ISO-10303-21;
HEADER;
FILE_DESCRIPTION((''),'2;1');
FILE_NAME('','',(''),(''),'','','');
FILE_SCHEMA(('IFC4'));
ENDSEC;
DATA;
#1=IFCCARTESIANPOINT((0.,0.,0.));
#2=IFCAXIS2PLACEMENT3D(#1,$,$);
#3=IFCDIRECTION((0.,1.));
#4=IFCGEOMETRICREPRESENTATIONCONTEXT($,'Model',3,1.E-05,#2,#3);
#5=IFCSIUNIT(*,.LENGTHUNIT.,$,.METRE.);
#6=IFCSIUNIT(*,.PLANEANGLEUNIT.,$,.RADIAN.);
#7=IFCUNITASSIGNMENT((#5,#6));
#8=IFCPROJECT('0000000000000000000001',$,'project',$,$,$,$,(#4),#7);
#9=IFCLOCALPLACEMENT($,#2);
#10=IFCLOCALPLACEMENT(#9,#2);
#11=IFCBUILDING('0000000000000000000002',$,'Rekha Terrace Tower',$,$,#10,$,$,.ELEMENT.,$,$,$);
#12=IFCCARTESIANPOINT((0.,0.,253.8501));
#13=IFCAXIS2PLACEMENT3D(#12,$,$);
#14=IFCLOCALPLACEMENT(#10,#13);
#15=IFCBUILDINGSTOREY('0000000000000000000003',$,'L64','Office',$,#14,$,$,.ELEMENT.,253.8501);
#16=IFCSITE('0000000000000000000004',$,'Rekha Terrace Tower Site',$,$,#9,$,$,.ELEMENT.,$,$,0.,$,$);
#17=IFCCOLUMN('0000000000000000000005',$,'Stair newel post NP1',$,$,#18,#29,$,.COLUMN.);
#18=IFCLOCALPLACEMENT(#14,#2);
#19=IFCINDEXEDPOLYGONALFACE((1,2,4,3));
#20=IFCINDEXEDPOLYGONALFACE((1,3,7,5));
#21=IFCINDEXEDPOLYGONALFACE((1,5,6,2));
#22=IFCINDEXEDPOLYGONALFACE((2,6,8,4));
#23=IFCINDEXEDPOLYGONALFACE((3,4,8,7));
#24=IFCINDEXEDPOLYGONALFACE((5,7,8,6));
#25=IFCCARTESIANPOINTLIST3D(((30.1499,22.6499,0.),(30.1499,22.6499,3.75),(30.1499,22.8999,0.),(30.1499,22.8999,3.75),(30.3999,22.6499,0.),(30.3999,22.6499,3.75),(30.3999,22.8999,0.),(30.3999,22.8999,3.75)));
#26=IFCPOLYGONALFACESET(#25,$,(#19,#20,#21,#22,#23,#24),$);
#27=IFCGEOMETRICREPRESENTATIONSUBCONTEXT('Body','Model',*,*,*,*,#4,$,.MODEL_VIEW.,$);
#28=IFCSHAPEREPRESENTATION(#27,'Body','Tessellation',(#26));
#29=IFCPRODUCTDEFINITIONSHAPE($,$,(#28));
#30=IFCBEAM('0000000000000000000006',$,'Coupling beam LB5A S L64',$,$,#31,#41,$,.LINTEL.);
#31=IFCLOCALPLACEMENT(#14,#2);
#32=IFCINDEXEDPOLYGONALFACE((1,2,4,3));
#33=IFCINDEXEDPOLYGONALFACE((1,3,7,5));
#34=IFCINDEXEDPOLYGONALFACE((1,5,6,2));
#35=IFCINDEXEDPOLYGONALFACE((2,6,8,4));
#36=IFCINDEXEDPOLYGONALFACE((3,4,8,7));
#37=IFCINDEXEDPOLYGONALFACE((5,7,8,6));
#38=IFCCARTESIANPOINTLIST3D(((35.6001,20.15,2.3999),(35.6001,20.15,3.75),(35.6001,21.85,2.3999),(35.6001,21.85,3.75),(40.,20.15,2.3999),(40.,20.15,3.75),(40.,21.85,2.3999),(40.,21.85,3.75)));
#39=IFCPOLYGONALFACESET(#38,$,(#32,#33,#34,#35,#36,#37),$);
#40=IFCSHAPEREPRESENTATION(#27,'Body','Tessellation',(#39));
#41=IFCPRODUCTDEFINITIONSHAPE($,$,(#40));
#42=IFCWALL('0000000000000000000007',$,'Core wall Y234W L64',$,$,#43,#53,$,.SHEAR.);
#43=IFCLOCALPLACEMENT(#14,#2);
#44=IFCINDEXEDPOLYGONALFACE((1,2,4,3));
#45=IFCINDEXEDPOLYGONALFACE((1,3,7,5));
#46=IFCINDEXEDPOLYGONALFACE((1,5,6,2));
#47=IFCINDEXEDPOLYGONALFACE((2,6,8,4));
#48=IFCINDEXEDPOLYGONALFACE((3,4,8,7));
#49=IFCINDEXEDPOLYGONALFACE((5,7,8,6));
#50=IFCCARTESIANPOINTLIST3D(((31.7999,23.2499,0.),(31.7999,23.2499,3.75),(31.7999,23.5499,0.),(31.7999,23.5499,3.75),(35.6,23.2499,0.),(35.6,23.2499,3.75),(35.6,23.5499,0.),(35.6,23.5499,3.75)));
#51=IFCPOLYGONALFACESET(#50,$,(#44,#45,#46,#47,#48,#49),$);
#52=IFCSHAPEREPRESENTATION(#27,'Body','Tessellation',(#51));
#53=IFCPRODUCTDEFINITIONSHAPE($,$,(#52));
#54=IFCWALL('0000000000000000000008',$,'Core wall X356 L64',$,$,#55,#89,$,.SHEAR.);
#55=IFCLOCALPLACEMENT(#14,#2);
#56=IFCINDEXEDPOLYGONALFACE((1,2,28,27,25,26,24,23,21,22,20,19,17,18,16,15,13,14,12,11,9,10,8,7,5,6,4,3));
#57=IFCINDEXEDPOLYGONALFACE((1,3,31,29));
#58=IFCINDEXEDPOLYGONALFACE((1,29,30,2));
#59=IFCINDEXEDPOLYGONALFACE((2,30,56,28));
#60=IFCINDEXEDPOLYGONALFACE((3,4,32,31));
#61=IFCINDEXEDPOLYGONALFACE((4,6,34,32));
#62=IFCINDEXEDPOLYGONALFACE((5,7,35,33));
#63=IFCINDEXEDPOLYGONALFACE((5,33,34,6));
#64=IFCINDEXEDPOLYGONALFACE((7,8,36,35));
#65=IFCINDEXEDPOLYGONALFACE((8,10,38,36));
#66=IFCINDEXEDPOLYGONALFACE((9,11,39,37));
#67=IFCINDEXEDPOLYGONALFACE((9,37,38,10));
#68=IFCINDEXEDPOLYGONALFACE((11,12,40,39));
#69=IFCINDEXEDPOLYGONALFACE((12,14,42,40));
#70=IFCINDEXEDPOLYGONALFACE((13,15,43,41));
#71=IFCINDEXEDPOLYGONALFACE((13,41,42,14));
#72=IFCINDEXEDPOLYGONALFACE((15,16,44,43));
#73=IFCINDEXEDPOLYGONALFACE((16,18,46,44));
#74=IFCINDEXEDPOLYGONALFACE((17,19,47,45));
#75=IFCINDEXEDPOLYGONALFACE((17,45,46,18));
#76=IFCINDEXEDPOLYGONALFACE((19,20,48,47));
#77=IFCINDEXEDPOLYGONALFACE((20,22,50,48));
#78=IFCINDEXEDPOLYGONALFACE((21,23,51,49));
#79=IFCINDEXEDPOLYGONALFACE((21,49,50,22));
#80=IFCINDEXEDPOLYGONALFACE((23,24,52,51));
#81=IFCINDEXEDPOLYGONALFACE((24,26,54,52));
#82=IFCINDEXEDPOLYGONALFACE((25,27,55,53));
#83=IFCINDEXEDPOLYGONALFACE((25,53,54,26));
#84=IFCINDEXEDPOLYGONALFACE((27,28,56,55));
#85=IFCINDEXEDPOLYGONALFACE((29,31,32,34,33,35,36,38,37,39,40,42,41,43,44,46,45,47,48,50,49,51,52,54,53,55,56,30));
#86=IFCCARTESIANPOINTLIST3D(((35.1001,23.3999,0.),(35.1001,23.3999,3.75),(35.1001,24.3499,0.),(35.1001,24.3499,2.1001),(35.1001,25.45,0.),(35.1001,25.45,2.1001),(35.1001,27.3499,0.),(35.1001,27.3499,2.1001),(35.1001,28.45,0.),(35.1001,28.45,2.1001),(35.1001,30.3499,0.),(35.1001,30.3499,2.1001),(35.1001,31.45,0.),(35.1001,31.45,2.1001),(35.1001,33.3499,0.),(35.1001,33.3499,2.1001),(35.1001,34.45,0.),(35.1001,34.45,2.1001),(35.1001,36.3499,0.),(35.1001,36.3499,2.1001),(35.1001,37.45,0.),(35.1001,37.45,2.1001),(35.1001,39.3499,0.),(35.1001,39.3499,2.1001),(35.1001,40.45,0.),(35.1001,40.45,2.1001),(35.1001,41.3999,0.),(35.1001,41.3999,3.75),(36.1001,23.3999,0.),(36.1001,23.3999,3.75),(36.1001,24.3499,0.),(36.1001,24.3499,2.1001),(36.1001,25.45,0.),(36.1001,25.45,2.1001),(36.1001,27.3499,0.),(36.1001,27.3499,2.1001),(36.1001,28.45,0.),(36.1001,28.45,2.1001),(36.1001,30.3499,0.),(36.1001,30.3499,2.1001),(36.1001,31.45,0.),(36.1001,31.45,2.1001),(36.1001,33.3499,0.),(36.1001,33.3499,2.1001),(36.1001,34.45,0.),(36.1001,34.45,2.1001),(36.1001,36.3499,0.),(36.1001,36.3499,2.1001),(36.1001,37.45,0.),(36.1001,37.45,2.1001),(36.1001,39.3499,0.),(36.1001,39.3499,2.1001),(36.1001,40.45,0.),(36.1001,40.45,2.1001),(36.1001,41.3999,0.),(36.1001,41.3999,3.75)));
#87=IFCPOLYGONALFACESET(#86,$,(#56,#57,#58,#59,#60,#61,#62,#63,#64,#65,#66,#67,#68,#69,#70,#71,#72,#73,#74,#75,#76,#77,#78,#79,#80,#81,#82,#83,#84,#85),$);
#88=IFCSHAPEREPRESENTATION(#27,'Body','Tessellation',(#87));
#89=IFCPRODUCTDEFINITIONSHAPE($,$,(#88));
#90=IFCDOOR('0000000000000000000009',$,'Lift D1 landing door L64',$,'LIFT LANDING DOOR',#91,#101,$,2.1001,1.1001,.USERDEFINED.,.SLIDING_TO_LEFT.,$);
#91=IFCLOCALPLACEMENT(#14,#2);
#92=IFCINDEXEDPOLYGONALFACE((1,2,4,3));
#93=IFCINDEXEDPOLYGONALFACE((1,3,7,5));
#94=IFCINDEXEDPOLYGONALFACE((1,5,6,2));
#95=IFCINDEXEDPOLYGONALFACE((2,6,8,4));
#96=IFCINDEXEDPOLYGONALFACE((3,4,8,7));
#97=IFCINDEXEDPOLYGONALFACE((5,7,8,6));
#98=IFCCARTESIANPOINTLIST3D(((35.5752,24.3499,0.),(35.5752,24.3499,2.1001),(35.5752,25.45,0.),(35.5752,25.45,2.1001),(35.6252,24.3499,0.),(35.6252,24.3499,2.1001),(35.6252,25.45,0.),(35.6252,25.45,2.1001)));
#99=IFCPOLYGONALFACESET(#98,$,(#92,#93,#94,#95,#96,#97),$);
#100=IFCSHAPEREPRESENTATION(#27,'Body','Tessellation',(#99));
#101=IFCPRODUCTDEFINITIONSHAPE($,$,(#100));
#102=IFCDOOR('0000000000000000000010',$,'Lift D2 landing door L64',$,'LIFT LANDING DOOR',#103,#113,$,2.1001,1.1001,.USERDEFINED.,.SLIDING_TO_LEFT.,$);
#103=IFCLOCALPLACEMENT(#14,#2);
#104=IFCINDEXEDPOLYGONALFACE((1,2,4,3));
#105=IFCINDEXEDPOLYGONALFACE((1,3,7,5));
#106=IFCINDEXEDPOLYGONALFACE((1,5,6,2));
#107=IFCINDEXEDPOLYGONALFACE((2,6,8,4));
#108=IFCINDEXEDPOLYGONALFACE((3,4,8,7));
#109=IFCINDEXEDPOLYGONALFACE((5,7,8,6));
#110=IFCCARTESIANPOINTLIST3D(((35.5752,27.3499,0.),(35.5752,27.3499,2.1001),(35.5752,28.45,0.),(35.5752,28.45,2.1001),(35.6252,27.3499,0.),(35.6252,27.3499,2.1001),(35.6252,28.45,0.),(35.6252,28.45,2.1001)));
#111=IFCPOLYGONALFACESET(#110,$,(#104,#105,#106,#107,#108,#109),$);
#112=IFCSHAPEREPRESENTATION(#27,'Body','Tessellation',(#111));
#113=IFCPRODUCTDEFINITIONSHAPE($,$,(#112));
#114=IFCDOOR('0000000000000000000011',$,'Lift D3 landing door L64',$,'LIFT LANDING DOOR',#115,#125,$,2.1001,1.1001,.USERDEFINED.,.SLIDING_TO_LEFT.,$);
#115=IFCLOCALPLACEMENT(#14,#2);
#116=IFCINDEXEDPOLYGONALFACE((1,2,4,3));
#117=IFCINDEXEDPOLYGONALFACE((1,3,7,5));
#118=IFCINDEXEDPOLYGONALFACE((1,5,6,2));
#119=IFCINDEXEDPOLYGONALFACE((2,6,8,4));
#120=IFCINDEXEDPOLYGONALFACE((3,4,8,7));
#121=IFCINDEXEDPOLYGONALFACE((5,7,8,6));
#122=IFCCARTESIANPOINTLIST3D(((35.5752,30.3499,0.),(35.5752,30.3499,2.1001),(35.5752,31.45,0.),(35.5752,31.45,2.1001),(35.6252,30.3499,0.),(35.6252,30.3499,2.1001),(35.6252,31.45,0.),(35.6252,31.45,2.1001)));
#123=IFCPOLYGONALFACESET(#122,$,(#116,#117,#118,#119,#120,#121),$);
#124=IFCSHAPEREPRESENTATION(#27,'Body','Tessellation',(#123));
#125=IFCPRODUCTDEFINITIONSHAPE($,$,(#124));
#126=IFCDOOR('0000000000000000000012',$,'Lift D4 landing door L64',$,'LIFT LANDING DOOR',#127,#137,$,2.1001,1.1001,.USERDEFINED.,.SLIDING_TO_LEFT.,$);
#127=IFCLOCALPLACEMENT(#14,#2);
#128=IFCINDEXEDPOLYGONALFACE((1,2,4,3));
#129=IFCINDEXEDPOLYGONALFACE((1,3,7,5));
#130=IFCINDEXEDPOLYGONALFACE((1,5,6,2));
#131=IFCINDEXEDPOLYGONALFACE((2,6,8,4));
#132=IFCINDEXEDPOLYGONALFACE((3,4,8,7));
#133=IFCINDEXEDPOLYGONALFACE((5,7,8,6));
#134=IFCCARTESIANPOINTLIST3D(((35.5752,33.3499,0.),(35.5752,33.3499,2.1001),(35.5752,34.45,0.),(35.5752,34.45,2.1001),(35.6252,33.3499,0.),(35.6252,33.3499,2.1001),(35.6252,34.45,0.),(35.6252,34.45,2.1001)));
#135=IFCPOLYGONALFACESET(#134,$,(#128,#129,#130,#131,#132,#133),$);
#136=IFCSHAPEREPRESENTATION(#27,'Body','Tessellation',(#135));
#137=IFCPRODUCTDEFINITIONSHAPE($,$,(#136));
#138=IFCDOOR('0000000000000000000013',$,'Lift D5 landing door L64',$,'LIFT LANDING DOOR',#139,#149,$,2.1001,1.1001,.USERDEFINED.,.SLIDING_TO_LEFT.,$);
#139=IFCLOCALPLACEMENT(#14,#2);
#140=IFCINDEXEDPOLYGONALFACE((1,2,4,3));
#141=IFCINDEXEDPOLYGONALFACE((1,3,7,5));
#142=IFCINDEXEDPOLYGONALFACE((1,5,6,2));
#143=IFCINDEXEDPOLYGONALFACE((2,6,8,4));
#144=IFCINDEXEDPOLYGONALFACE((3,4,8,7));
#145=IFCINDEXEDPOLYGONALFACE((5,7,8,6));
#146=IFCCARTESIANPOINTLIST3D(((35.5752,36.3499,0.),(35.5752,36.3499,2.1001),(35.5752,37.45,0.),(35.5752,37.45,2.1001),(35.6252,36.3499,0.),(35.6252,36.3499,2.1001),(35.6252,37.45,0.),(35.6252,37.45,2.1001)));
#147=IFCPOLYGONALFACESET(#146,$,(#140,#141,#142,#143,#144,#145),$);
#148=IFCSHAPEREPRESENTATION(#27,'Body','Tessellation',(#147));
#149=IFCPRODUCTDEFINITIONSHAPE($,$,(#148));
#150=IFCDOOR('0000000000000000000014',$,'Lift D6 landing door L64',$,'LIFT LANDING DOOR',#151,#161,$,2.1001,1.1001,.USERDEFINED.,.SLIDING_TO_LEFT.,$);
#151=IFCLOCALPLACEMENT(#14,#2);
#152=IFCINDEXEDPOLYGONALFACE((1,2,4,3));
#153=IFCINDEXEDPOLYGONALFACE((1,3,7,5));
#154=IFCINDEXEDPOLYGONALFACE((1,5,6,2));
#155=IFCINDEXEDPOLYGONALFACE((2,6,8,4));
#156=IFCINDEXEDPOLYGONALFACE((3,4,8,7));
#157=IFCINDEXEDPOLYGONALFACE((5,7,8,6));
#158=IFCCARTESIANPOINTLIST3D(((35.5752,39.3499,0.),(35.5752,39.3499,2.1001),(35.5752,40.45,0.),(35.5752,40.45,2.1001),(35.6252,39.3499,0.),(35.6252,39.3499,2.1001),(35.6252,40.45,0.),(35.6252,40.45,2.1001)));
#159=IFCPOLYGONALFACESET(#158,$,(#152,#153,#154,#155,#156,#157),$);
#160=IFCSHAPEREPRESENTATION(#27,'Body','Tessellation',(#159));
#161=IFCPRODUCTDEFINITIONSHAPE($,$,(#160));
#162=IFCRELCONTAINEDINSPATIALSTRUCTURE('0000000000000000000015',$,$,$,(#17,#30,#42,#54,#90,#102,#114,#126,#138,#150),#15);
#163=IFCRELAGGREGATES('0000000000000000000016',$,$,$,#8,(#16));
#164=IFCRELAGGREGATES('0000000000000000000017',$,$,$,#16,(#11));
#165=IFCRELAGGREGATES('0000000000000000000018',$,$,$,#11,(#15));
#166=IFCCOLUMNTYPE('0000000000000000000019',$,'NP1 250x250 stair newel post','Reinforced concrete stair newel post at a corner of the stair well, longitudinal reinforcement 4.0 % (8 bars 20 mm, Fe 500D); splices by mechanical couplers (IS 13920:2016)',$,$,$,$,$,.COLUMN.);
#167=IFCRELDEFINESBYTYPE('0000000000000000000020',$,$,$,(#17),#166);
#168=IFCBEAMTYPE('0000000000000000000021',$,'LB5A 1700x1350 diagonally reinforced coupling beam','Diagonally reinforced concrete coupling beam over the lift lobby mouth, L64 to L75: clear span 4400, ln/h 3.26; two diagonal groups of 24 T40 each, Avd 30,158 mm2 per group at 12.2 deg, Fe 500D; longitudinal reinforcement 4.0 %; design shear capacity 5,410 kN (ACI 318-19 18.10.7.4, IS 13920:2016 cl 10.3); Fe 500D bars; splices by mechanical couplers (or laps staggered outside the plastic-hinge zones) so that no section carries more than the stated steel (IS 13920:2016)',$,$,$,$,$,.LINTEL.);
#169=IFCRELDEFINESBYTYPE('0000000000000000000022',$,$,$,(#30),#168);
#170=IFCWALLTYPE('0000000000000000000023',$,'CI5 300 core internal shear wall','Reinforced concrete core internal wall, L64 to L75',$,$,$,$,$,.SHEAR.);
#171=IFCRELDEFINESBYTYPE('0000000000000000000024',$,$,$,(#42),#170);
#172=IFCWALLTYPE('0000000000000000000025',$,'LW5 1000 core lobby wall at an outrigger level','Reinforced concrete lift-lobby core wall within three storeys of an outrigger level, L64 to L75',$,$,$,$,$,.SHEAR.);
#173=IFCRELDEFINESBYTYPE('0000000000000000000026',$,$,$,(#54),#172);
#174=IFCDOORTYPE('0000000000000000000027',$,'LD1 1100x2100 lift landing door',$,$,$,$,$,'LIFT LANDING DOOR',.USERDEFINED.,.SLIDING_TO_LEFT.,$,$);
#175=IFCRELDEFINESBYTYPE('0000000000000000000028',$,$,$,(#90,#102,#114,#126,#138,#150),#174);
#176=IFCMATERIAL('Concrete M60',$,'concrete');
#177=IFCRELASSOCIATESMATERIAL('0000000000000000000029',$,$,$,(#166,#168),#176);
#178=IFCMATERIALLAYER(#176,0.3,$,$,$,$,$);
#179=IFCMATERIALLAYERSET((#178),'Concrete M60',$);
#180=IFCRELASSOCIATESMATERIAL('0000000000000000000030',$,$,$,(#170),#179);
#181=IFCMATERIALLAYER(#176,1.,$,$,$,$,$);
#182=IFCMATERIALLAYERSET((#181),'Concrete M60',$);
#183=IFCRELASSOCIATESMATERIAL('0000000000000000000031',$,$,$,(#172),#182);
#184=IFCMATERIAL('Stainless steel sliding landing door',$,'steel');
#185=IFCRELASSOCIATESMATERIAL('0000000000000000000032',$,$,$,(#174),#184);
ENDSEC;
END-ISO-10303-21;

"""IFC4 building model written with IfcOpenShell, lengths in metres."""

from ifc_helpers import new_model, si_unit, direction, frame, frame_2d, origin, origin_2d, place, context, subcontext, project, spatial, rectangle, extrude, material, layer, layer_set, material_profile, profile_set, type_object, element, fill, save


model = new_model("IFC4")

# Units and contexts
model_context = context("Model", 3, precision=1e-05, world=origin(), true_north=direction((0.0, 1.0)))
body_context = subcontext(model_context, "Body", "Model", "MODEL_VIEW")
ifc_project = project(units=[si_unit("LENGTHUNIT", "METRE"), si_unit("PLANEANGLEUNIT", "RADIAN")], contexts=[model_context])

# Site, building, storey
site_placement = place(None, origin())
site = spatial("IfcSite", under=ifc_project, at=site_placement, Name="Rekha Terrace Tower Site", CompositionType="ELEMENT", RefElevation=0.0)
building_placement = place(site_placement, origin())
building = spatial("IfcBuilding", under=site, at=building_placement, Name="Rekha Terrace Tower", CompositionType="ELEMENT")
storey_placement = place(building_placement, frame((0.0, 0.0, 253.8501)))
storey = spatial("IfcBuildingStorey", under=building, at=storey_placement, Name="L64", Description="Office", CompositionType="ELEMENT", Elevation=253.8501)

# Column
ifc_material_1 = material(Name="Concrete M60", Category="concrete")
ifc_material_profile_1 = material_profile(ifc_material_1, rectangle(XDim=0.25, YDim=0.25, at=origin_2d()), Name="RC 250x250")
ifc_profile_set_1 = profile_set([ifc_material_profile_1], Name="Concrete M60")
column_type = type_object("IfcColumnType", Name="NP1 250x250 stair newel post", Description="Reinforced concrete stair newel post at a corner of the stair well, longitudinal reinforcement 4.0 % (8 bars 20 mm, Fe 500D); splices by mechanical couplers (IS 13920:2016)", PredefinedType="COLUMN", material=ifc_profile_set_1)
column_placement = place(storey_placement, frame((30.2749, 22.7749, 0.0), z_axis=(0.0, 0.0, 1.0), x_axis=(1.0, 0.0, 0.0)))
element("IfcColumn", 1, at=column_placement, inside=storey, type_object=column_type, Name="Stair newel post NP1", PredefinedType="COLUMN", context=body_context, shape_type="SweptSolid", body=[
    extrude(rectangle(XDim=0.25, YDim=0.25, at=origin_2d()), origin(), (0.0, 0.0, 1.0), 3.75),
])

# Beam
ifc_material_profile_2 = material_profile(ifc_material_1, rectangle(XDim=1.7, YDim=1.3501, at=origin_2d()), Name="RC 1700x1350")
ifc_profile_set_2 = profile_set([ifc_material_profile_2], Name="Concrete M60")
beam_type = type_object("IfcBeamType", Name="LB5A 1700x1350 diagonally reinforced coupling beam", Description="Diagonally reinforced concrete coupling beam over the lift lobby mouth, L64 to L75: clear span 4400, ln/h 3.26; two diagonal groups of 24 T40 each, Avd 30,158 mm2 per group at 12.2 deg, Fe 500D; longitudinal reinforcement 4.0 %; design shear capacity 5,410 kN (ACI 318-19 18.10.7.4, IS 13920:2016 cl 10.3); Fe 500D bars; splices by mechanical couplers (or laps staggered outside the plastic-hinge zones) so that no section carries more than the stated steel (IS 13920:2016)", PredefinedType="LINTEL", material=ifc_profile_set_2)
beam_placement = place(storey_placement, frame((35.6001, 21.0, 3.075), z_axis=(1.0, 0.0, 0.0), x_axis=(0.0, 1.0, 0.0)))
element("IfcBeam", 2, at=beam_placement, inside=storey, type_object=beam_type, Name="Coupling beam LB5A S L64", PredefinedType="LINTEL", context=body_context, shape_type="SweptSolid", body=[
    extrude(rectangle(XDim=1.7, YDim=1.3501, at=origin_2d()), origin(), (0.0, 0.0, 1.0), 4.3999),
])

# Wall
ifc_layer_1 = layer(ifc_material_1, 0.3)
ifc_layer_set_1 = layer_set([ifc_layer_1], Name="Concrete M60")
wall_type_1 = type_object("IfcWallType", Name="CI5 300 core internal shear wall", Description="Reinforced concrete core internal wall, L64 to L75", PredefinedType="SHEAR", material=ifc_layer_set_1)
wall_1_placement = place(storey_placement, frame((31.8, 23.3999, 0.0), z_axis=(0.0, 0.0, 1.0), x_axis=(1.0, 0.0, 0.0)))
element("IfcWall", 3, at=wall_1_placement, inside=storey, type_object=wall_type_1, Name="Core wall Y234W L64", PredefinedType="SHEAR", context=body_context, shape_type="SweptSolid", body=[
    extrude(rectangle(XDim=3.8, YDim=0.3, at=frame_2d((1.8999, 0.0))), origin(), (0.0, 0.0, 1.0), 3.75),
])

# Wall, openings, doors
ifc_layer_2 = layer(ifc_material_1, 1.0)
ifc_layer_set_2 = layer_set([ifc_layer_2], Name="Concrete M60")
wall_type_2 = type_object("IfcWallType", Name="LW5 1000 core lobby wall at an outrigger level", Description="Reinforced concrete lift-lobby core wall within three storeys of an outrigger level, L64 to L75", PredefinedType="SHEAR", material=ifc_layer_set_2)
wall_2_placement = place(storey_placement, frame((35.6001, 23.3999, 0.0), z_axis=(0.0, 0.0, 1.0), x_axis=(0.0, 1.0, 0.0)))
wall_2 = element("IfcWall", 4, at=wall_2_placement, inside=storey, type_object=wall_type_2, Name="Core wall X356 L64", PredefinedType="SHEAR", context=body_context, shape_type="SweptSolid", body=[
    extrude(rectangle(XDim=18.0, YDim=1.0, at=frame_2d((9.0, 0.0))), origin(), (0.0, 0.0, 1.0), 3.75),
])
opening_1_placement = place(wall_2_placement, frame((0.95, 0.0, 0.0)))
opening_1 = element("IfcOpeningElement", 5, at=opening_1_placement, cuts=wall_2, PredefinedType="OPENING", context=body_context, shape_type="SweptSolid", body=[
    extrude(rectangle(XDim=1.1001, YDim=2.1001, at=frame_2d((0.55, 1.05))), frame((0.0, 0.51, 0.0), z_axis=(0.0, -1.0, 0.0), x_axis=(1.0, 0.0, 0.0)), (0.0, 0.0, 1.0), 1.02),
])
opening_2_placement = place(wall_2_placement, frame((3.95, 0.0, 0.0)))
opening_2 = element("IfcOpeningElement", 6, at=opening_2_placement, cuts=wall_2, PredefinedType="OPENING", context=body_context, shape_type="SweptSolid", body=[
    extrude(rectangle(XDim=1.1001, YDim=2.1001, at=frame_2d((0.55, 1.05))), frame((0.0, 0.51, 0.0), z_axis=(0.0, -1.0, 0.0), x_axis=(1.0, 0.0, 0.0)), (0.0, 0.0, 1.0), 1.02),
])
opening_3_placement = place(wall_2_placement, frame((6.95, 0.0, 0.0)))
opening_3 = element("IfcOpeningElement", 7, at=opening_3_placement, cuts=wall_2, PredefinedType="OPENING", context=body_context, shape_type="SweptSolid", body=[
    extrude(rectangle(XDim=1.1001, YDim=2.1001, at=frame_2d((0.55, 1.05))), frame((0.0, 0.51, 0.0), z_axis=(0.0, -1.0, 0.0), x_axis=(1.0, 0.0, 0.0)), (0.0, 0.0, 1.0), 1.02),
])
opening_4_placement = place(wall_2_placement, frame((9.95, 0.0, 0.0)))
opening_4 = element("IfcOpeningElement", 8, at=opening_4_placement, cuts=wall_2, PredefinedType="OPENING", context=body_context, shape_type="SweptSolid", body=[
    extrude(rectangle(XDim=1.1001, YDim=2.1001, at=frame_2d((0.55, 1.05))), frame((0.0, 0.51, 0.0), z_axis=(0.0, -1.0, 0.0), x_axis=(1.0, 0.0, 0.0)), (0.0, 0.0, 1.0), 1.02),
])
opening_5_placement = place(wall_2_placement, frame((12.95, 0.0, 0.0)))
opening_5 = element("IfcOpeningElement", 9, at=opening_5_placement, cuts=wall_2, PredefinedType="OPENING", context=body_context, shape_type="SweptSolid", body=[
    extrude(rectangle(XDim=1.1001, YDim=2.1001, at=frame_2d((0.55, 1.05))), frame((0.0, 0.51, 0.0), z_axis=(0.0, -1.0, 0.0), x_axis=(1.0, 0.0, 0.0)), (0.0, 0.0, 1.0), 1.02),
])
opening_6_placement = place(wall_2_placement, frame((15.95, 0.0, 0.0)))
opening_6 = element("IfcOpeningElement", 10, at=opening_6_placement, cuts=wall_2, PredefinedType="OPENING", context=body_context, shape_type="SweptSolid", body=[
    extrude(rectangle(XDim=1.1001, YDim=2.1001, at=frame_2d((0.55, 1.05))), frame((0.0, 0.51, 0.0), z_axis=(0.0, -1.0, 0.0), x_axis=(1.0, 0.0, 0.0)), (0.0, 0.0, 1.0), 1.02),
])
ifc_material_2 = material(Name="Stainless steel sliding landing door", Category="steel")
door_type_1 = type_object("IfcDoorType", Name="LD1 1100x2100 lift landing door", ElementType="LIFT LANDING DOOR", OperationType="SLIDING_TO_LEFT", PredefinedType="USERDEFINED", material=ifc_material_2)
door_1_placement = place(opening_1_placement, origin())
door_1 = element("IfcDoor", 11, at=door_1_placement, inside=storey, type_object=door_type_1, Name="Lift D1 landing door L64", ObjectType="LIFT LANDING DOOR", OperationType="SLIDING_TO_LEFT", OverallHeight=2.1001, OverallWidth=1.1001, PredefinedType="USERDEFINED", context=body_context, shape_type="SweptSolid", body=[
    extrude(rectangle(XDim=1.1001, YDim=2.1001, at=frame_2d((0.55, 1.05))), frame((0.0, 0.0249, 0.0), z_axis=(0.0, -1.0, 0.0), x_axis=(1.0, 0.0, 0.0)), (0.0, 0.0, 1.0), 0.05),
])
fill(opening_1, door_1)
door_2_placement = place(opening_2_placement, origin())
door_2 = element("IfcDoor", 12, at=door_2_placement, inside=storey, type_object=door_type_1, Name="Lift D2 landing door L64", ObjectType="LIFT LANDING DOOR", OperationType="SLIDING_TO_LEFT", OverallHeight=2.1001, OverallWidth=1.1001, PredefinedType="USERDEFINED", context=body_context, shape_type="SweptSolid", body=[
    extrude(rectangle(XDim=1.1001, YDim=2.1001, at=frame_2d((0.55, 1.05))), frame((0.0, 0.0249, 0.0), z_axis=(0.0, -1.0, 0.0), x_axis=(1.0, 0.0, 0.0)), (0.0, 0.0, 1.0), 0.05),
])
fill(opening_2, door_2)
door_3_placement = place(opening_3_placement, origin())
door_3 = element("IfcDoor", 13, at=door_3_placement, inside=storey, type_object=door_type_1, Name="Lift D3 landing door L64", ObjectType="LIFT LANDING DOOR", OperationType="SLIDING_TO_LEFT", OverallHeight=2.1001, OverallWidth=1.1001, PredefinedType="USERDEFINED", context=body_context, shape_type="SweptSolid", body=[
    extrude(rectangle(XDim=1.1001, YDim=2.1001, at=frame_2d((0.55, 1.05))), frame((0.0, 0.0249, 0.0), z_axis=(0.0, -1.0, 0.0), x_axis=(1.0, 0.0, 0.0)), (0.0, 0.0, 1.0), 0.05),
])
fill(opening_3, door_3)
door_4_placement = place(opening_4_placement, origin())
door_4 = element("IfcDoor", 14, at=door_4_placement, inside=storey, type_object=door_type_1, Name="Lift D4 landing door L64", ObjectType="LIFT LANDING DOOR", OperationType="SLIDING_TO_LEFT", OverallHeight=2.1001, OverallWidth=1.1001, PredefinedType="USERDEFINED", context=body_context, shape_type="SweptSolid", body=[
    extrude(rectangle(XDim=1.1001, YDim=2.1001, at=frame_2d((0.55, 1.05))), frame((0.0, 0.0249, 0.0), z_axis=(0.0, -1.0, 0.0), x_axis=(1.0, 0.0, 0.0)), (0.0, 0.0, 1.0), 0.05),
])
fill(opening_4, door_4)
door_5_placement = place(opening_5_placement, origin())
door_5 = element("IfcDoor", 15, at=door_5_placement, inside=storey, type_object=door_type_1, Name="Lift D5 landing door L64", ObjectType="LIFT LANDING DOOR", OperationType="SLIDING_TO_LEFT", OverallHeight=2.1001, OverallWidth=1.1001, PredefinedType="USERDEFINED", context=body_context, shape_type="SweptSolid", body=[
    extrude(rectangle(XDim=1.1001, YDim=2.1001, at=frame_2d((0.55, 1.05))), frame((0.0, 0.0249, 0.0), z_axis=(0.0, -1.0, 0.0), x_axis=(1.0, 0.0, 0.0)), (0.0, 0.0, 1.0), 0.05),
])
fill(opening_5, door_5)
door_6_placement = place(opening_6_placement, origin())
door_6 = element("IfcDoor", 16, at=door_6_placement, inside=storey, type_object=door_type_1, Name="Lift D6 landing door L64", ObjectType="LIFT LANDING DOOR", OperationType="SLIDING_TO_LEFT", OverallHeight=2.1001, OverallWidth=1.1001, PredefinedType="USERDEFINED", context=body_context, shape_type="SweptSolid", body=[
    extrude(rectangle(XDim=1.1001, YDim=2.1001, at=frame_2d((0.55, 1.05))), frame((0.0, 0.0249, 0.0), z_axis=(0.0, -1.0, 0.0), x_axis=(1.0, 0.0, 0.0)), (0.0, 0.0, 1.0), 0.05),
])
fill(opening_6, door_6)

save(model, "model.ifc")
